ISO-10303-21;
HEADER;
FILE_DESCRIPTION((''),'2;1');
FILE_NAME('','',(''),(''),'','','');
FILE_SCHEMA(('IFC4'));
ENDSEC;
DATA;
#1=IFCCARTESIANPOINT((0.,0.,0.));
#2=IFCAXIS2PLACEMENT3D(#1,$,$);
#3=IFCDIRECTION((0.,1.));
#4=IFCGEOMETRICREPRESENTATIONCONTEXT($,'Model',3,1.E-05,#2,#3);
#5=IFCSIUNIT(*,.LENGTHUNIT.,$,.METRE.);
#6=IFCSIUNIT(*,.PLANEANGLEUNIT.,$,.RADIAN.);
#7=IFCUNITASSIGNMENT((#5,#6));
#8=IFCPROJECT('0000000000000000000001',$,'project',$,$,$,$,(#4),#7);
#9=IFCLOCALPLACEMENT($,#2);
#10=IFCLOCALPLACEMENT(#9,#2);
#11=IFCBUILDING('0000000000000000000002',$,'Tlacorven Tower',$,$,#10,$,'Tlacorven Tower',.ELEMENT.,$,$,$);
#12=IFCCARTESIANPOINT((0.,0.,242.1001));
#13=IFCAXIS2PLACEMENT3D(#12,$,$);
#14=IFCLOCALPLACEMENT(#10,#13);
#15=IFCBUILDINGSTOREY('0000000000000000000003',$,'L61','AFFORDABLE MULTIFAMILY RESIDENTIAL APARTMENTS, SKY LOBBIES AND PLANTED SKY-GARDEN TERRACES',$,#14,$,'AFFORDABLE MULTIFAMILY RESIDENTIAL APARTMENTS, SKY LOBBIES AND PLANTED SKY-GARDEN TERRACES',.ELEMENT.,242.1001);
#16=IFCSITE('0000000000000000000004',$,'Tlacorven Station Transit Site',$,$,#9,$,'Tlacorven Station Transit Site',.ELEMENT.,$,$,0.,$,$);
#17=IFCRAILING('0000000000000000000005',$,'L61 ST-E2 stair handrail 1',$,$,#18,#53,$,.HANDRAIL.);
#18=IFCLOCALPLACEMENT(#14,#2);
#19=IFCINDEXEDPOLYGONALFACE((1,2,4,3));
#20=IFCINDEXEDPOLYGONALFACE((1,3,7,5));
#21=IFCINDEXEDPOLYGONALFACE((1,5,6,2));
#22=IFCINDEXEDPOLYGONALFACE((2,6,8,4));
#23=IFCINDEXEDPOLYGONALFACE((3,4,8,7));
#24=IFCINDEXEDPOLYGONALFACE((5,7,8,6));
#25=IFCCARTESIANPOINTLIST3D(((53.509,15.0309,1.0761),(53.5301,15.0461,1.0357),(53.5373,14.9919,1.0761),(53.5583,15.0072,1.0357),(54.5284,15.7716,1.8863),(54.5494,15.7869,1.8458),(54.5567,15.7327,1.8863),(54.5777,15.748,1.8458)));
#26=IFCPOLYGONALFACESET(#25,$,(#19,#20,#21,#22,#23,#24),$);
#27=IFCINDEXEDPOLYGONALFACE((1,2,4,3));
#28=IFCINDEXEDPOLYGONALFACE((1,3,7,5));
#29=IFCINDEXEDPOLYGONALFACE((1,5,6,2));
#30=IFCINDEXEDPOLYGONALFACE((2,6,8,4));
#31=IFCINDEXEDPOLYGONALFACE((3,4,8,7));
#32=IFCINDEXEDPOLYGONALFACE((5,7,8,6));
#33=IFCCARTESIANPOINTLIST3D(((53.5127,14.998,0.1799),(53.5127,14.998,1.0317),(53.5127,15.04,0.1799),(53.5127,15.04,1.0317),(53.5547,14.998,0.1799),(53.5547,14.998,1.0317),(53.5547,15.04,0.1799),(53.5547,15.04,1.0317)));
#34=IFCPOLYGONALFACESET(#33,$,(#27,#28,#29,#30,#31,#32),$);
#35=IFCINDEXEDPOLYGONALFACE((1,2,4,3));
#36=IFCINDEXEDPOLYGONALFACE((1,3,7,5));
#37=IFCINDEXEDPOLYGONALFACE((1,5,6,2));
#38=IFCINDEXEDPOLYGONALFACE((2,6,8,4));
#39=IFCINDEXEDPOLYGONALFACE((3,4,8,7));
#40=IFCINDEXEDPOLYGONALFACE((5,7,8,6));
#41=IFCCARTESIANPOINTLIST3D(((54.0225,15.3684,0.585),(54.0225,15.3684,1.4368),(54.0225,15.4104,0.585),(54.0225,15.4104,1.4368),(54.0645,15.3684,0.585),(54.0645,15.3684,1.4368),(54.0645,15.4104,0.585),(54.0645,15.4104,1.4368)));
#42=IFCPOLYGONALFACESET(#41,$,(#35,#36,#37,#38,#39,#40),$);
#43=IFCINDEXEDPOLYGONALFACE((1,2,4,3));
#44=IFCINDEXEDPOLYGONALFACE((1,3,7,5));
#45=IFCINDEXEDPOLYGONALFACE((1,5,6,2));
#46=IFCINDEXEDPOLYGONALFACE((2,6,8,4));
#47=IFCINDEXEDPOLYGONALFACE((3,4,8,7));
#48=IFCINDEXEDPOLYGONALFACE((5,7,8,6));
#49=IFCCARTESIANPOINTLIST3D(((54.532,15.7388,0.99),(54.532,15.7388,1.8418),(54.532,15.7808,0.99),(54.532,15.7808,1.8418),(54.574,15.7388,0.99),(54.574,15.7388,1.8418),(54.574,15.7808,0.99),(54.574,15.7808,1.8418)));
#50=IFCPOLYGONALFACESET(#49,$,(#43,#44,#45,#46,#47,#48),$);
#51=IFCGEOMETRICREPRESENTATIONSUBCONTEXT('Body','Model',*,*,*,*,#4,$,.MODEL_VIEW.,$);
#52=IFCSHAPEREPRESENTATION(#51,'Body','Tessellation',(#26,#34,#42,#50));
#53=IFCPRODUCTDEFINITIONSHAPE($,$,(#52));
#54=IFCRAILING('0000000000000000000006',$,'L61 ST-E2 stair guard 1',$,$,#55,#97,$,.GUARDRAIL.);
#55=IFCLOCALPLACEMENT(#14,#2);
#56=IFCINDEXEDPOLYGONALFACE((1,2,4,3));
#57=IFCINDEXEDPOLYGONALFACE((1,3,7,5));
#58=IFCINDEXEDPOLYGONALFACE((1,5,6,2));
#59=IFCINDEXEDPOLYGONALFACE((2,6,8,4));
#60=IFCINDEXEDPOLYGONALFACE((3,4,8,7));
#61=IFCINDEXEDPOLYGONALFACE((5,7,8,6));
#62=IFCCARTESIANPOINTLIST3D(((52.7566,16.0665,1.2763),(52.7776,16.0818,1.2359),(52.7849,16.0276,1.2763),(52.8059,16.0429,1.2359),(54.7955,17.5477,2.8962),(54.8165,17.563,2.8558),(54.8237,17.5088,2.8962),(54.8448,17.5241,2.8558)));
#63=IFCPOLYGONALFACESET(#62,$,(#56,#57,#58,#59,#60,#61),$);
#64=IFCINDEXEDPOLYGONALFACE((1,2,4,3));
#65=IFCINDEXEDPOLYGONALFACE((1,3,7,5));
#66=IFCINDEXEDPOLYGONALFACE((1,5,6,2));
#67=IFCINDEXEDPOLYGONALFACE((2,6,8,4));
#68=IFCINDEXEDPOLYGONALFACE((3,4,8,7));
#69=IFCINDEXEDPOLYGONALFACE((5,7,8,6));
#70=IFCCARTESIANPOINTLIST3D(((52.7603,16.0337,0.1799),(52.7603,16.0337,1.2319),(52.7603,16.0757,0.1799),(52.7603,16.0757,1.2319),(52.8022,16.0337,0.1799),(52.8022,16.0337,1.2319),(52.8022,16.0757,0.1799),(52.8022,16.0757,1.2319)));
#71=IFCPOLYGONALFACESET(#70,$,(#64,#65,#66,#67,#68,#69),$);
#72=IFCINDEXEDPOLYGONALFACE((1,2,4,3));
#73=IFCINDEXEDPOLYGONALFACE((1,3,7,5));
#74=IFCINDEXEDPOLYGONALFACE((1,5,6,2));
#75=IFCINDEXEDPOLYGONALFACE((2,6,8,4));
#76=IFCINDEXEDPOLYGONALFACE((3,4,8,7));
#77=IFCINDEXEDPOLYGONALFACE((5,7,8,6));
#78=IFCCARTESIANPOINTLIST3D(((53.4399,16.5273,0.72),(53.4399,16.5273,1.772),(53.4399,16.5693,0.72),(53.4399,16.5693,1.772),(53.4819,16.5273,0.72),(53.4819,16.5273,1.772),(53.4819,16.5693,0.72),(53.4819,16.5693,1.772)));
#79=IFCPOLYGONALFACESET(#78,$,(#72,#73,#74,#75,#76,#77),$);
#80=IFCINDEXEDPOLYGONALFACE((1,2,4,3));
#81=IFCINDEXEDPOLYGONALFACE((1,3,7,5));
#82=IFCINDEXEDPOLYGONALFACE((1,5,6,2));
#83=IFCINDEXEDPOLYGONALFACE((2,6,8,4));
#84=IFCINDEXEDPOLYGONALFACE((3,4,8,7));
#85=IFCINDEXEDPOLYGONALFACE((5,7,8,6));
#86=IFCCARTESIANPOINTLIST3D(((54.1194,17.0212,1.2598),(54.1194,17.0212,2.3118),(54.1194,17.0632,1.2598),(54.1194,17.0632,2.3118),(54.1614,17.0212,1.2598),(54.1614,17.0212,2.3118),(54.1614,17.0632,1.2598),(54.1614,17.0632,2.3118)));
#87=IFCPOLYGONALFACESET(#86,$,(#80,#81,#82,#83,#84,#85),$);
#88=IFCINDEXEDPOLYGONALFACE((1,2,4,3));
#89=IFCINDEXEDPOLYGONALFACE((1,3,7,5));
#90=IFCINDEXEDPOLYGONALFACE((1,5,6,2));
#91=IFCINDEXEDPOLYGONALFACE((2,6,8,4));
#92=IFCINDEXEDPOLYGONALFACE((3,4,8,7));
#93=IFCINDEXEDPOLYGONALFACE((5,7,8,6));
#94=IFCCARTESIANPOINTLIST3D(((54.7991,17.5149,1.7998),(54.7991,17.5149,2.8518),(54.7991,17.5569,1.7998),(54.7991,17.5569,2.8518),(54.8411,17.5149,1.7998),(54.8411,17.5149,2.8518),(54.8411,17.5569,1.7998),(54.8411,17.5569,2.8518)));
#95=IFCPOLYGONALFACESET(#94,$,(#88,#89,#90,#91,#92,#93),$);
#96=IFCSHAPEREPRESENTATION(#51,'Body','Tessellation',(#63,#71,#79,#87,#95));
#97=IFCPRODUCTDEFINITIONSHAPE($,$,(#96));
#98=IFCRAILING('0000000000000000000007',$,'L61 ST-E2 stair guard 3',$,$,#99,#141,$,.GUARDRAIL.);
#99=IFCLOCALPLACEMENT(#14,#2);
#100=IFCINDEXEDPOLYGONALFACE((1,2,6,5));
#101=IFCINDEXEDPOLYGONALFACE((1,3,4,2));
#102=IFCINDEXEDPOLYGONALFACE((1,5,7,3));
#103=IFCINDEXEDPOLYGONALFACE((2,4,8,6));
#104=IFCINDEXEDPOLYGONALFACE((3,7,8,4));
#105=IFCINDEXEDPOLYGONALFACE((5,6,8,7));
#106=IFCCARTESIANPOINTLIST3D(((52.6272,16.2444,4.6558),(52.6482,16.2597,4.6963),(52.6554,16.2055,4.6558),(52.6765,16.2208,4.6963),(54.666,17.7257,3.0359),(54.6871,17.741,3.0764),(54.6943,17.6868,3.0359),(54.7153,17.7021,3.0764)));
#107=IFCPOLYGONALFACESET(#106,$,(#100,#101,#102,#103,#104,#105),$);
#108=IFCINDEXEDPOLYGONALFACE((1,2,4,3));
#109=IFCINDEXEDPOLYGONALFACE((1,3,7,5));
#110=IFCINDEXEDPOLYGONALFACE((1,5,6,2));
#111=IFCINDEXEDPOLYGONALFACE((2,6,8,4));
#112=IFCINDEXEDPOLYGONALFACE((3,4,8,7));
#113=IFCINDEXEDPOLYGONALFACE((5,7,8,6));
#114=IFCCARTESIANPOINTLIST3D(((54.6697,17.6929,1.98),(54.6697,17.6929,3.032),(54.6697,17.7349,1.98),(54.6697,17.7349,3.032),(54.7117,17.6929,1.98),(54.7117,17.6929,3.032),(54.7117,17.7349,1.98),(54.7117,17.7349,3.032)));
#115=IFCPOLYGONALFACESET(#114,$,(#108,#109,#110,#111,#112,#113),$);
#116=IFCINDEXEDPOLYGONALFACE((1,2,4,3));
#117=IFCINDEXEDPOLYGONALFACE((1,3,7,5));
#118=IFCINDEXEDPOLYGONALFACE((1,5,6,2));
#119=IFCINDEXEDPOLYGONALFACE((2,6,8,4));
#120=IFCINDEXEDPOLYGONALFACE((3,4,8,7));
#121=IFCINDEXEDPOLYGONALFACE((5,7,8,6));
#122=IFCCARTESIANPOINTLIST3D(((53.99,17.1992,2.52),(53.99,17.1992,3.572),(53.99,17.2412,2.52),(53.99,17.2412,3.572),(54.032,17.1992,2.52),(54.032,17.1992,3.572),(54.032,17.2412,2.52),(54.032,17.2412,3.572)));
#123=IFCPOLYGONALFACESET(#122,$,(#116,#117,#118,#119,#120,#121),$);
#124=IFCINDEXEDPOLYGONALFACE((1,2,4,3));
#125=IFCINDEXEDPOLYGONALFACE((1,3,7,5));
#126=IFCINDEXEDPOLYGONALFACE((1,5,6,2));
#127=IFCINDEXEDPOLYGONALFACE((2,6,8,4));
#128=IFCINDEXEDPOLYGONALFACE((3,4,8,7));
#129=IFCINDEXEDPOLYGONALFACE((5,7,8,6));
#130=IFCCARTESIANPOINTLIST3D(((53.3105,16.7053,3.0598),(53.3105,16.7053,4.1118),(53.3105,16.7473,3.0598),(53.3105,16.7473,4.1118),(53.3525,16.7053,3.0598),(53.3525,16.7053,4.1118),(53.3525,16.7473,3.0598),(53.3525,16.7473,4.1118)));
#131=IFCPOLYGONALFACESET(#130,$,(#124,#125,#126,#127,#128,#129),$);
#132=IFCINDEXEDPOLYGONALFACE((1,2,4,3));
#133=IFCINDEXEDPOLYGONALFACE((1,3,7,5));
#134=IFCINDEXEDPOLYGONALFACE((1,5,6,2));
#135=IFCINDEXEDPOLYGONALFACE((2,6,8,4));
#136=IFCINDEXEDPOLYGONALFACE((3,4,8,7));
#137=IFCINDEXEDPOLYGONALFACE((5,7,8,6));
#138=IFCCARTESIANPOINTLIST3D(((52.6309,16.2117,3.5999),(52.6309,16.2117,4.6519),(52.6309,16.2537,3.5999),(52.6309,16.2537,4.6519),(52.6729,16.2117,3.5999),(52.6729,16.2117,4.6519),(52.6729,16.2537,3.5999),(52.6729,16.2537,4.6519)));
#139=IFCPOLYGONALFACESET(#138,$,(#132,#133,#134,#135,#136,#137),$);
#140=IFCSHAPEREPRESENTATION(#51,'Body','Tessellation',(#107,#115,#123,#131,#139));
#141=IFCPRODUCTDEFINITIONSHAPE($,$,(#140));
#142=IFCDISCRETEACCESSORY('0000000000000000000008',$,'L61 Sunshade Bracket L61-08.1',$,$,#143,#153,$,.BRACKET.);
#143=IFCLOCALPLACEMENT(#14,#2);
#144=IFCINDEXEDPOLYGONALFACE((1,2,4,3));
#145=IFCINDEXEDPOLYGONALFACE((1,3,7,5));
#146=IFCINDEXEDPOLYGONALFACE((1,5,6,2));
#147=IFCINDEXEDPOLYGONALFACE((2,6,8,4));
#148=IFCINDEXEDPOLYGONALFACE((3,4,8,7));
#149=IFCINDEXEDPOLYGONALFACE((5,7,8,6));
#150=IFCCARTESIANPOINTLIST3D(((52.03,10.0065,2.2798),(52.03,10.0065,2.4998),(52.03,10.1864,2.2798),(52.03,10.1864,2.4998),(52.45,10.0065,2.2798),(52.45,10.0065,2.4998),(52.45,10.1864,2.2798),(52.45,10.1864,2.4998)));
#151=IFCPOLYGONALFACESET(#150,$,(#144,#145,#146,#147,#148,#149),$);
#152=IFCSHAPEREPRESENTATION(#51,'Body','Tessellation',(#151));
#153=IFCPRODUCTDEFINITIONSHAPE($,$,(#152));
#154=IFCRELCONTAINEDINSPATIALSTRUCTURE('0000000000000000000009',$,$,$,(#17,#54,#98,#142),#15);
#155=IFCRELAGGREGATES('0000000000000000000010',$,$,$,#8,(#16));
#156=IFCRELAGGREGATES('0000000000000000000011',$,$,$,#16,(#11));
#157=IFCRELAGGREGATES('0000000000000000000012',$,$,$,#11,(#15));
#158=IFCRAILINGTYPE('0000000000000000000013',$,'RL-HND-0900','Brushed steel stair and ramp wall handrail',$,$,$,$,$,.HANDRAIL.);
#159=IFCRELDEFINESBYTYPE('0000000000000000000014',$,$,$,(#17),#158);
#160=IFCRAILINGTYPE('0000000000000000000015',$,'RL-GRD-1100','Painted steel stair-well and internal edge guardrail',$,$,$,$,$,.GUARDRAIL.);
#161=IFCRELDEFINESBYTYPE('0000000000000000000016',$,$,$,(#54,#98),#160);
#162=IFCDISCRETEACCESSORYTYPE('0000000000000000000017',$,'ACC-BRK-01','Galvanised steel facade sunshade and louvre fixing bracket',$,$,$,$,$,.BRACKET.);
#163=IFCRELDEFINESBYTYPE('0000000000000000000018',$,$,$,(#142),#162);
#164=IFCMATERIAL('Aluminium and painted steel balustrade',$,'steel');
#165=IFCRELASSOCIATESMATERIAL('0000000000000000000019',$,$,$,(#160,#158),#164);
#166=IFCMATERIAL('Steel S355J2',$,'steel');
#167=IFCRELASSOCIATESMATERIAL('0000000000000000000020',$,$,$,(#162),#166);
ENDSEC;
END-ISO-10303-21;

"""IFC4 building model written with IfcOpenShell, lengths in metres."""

from ifc_helpers import new_model, si_unit, direction, frame, origin, origin_2d, place, context, subcontext, project, spatial, rectangle, extrude, source, transform, mapped, material, type_object, element, save


model = new_model("IFC4")

# Units and contexts
model_context = context("Model", 3, precision=1e-05, world=origin(), true_north=direction((0.0, 1.0)))
body_context = subcontext(model_context, "Body", "Model", "MODEL_VIEW")
ifc_project = project(units=[si_unit("LENGTHUNIT", "METRE"), si_unit("PLANEANGLEUNIT", "RADIAN")], contexts=[model_context])

# Site, building, storey
site_placement = place(None, origin())
site = spatial("IfcSite", under=ifc_project, at=site_placement, Name="Tlacorven Station Transit Site", LongName="Tlacorven Station Transit Site", CompositionType="ELEMENT", RefElevation=0.0)
building_placement = place(site_placement, origin())
building = spatial("IfcBuilding", under=site, at=building_placement, Name="Tlacorven Tower", LongName="Tlacorven Tower", CompositionType="ELEMENT")
storey_placement = place(building_placement, frame((0.0, 0.0, 242.1001)))
storey = spatial("IfcBuildingStorey", under=building, at=storey_placement, Name="L61", Description="AFFORDABLE MULTIFAMILY RESIDENTIAL APARTMENTS, SKY LOBBIES AND PLANTED SKY-GARDEN TERRACES", LongName="AFFORDABLE MULTIFAMILY RESIDENTIAL APARTMENTS, SKY LOBBIES AND PLANTED SKY-GARDEN TERRACES", CompositionType="ELEMENT", Elevation=242.1001)

# Railings
ifc_material_1 = material(Name="Aluminium and painted steel balustrade", Category="steel")
railing_type_1 = type_object("IfcRailingType", Name="RL-GRD-1100", Description="Painted steel stair-well and internal edge guardrail", PredefinedType="GUARDRAIL", material=ifc_material_1)
railing_type_2 = type_object("IfcRailingType", Name="RL-HND-0900", Description="Brushed steel stair and ramp wall handrail", PredefinedType="HANDRAIL", material=ifc_material_1)
shared_shape_1 = source(origin(), body_context, "Body", "SweptSolid", [
    extrude(rectangle(XDim=0.0481, YDim=0.0481, at=origin_2d()), frame((0.0, 0.0, 0.876), z_axis=(0.680461, 0.494496, 0.540783), x_axis=(-0.587872, 0.808954, 0.0)), (0.0, 0.0, 1.0), 1.498),
    extrude(rectangle(XDim=0.042, YDim=0.042, at=origin_2d()), origin(), (0.0, 0.0, 1.0), 0.8518),
    extrude(rectangle(XDim=0.042, YDim=0.042, at=origin_2d()), frame((0.5098, 0.3704, 0.405)), (0.0, 0.0, 1.0), 0.8518),
    extrude(rectangle(XDim=0.042, YDim=0.042, at=origin_2d()), frame((1.0193, 0.7407, 0.8101)), (0.0, 0.0, 1.0), 0.8518),
])
railing_1_placement = place(storey_placement, frame((53.5337, 15.019, 0.1799)))
element("IfcRailing", 1, at=railing_1_placement, inside=storey, type_object=railing_type_2, Name="L61 ST-E2 stair handrail 1", PredefinedType="HANDRAIL", context=body_context, shape_type="MappedRepresentation", body=[
    mapped(shared_shape_1, transform((0.0, 0.0, 0.0), scale=1.0)),
])
shared_shape_2 = source(origin(), body_context, "Body", "SweptSolid", [
    extrude(rectangle(XDim=0.0481, YDim=0.0481, at=origin_2d()), frame((0.0, 0.0, 1.0762), z_axis=(0.680562, 0.494428, 0.540717), x_axis=(-0.587763, 0.809033, 0.0)), (0.0, 0.0, 1.0), 2.9958),
    extrude(rectangle(XDim=0.042, YDim=0.042, at=origin_2d()), origin(), (0.0, 0.0, 1.0), 1.052),
    extrude(rectangle(XDim=0.042, YDim=0.042, at=origin_2d()), frame((0.6797, 0.4937, 0.54)), (0.0, 0.0, 1.0), 1.052),
    extrude(rectangle(XDim=0.042, YDim=0.042, at=origin_2d()), frame((1.3591, 0.9875, 1.0798)), (0.0, 0.0, 1.0), 1.052),
    extrude(rectangle(XDim=0.042, YDim=0.042, at=origin_2d()), frame((2.0388, 1.4812, 1.6199)), (0.0, 0.0, 1.0), 1.052),
])
railing_2_placement = place(storey_placement, frame((52.7812, 16.0547, 0.1799)))
element("IfcRailing", 2, at=railing_2_placement, inside=storey, type_object=railing_type_1, Name="L61 ST-E2 stair guard 1", PredefinedType="GUARDRAIL", context=body_context, shape_type="MappedRepresentation", body=[
    mapped(shared_shape_2, transform((0.0, 0.0, 0.0), scale=1.0)),
])
shared_shape_3 = source(origin(), body_context, "Body", "SweptSolid", [
    extrude(rectangle(XDim=0.0481, YDim=0.0481, at=origin_2d()), frame((0.0, 0.0, 1.0762), z_axis=(-0.680562, -0.494428, 0.540717), x_axis=(0.587763, -0.809033, 0.0)), (0.0, 0.0, 1.0), 2.9958),
    extrude(rectangle(XDim=0.042, YDim=0.042, at=origin_2d()), origin(), (0.0, 0.0, 1.0), 1.052),
    extrude(rectangle(XDim=0.042, YDim=0.042, at=origin_2d()), frame((-0.6797, -0.4937, 0.54)), (0.0, 0.0, 1.0), 1.052),
    extrude(rectangle(XDim=0.042, YDim=0.042, at=origin_2d()), frame((-1.3591, -0.9875, 1.0798)), (0.0, 0.0, 1.0), 1.052),
    extrude(rectangle(XDim=0.042, YDim=0.042, at=origin_2d()), frame((-2.0388, -1.4812, 1.6199)), (0.0, 0.0, 1.0), 1.052),
])
railing_3_placement = place(storey_placement, frame((54.6907, 17.7139, 1.98)))
element("IfcRailing", 3, at=railing_3_placement, inside=storey, type_object=railing_type_1, Name="L61 ST-E2 stair guard 3", PredefinedType="GUARDRAIL", context=body_context, shape_type="MappedRepresentation", body=[
    mapped(shared_shape_3, transform((0.0, 0.0, 0.0), scale=1.0)),
])

# Discrete accessory
ifc_material_2 = material(Name="Steel S355J2", Category="steel")
discrete_accessory_type = type_object("IfcDiscreteAccessoryType", Name="ACC-BRK-01", Description="Galvanised steel facade sunshade and louvre fixing bracket", PredefinedType="BRACKET", material=ifc_material_2)
shared_shape_4 = source(origin(), body_context, "Body", "SweptSolid", [
    extrude(rectangle(XDim=0.1799, YDim=0.4199, at=origin_2d()), origin(), (0.0, 0.0, 1.0), 0.22),
])
discrete_accessory_placement = place(storey_placement, frame((52.24, 10.0964, 2.2798), z_axis=(0.0, 0.0, 1.0), x_axis=(0.0, -1.0, 0.0)))
element("IfcDiscreteAccessory", 4, at=discrete_accessory_placement, inside=storey, type_object=discrete_accessory_type, Name="L61 Sunshade Bracket L61-08.1", PredefinedType="BRACKET", context=body_context, shape_type="MappedRepresentation", body=[
    mapped(shared_shape_4, transform((0.0, 0.0, 0.0), scale=1.0)),
])

save(model, "model.ifc")
